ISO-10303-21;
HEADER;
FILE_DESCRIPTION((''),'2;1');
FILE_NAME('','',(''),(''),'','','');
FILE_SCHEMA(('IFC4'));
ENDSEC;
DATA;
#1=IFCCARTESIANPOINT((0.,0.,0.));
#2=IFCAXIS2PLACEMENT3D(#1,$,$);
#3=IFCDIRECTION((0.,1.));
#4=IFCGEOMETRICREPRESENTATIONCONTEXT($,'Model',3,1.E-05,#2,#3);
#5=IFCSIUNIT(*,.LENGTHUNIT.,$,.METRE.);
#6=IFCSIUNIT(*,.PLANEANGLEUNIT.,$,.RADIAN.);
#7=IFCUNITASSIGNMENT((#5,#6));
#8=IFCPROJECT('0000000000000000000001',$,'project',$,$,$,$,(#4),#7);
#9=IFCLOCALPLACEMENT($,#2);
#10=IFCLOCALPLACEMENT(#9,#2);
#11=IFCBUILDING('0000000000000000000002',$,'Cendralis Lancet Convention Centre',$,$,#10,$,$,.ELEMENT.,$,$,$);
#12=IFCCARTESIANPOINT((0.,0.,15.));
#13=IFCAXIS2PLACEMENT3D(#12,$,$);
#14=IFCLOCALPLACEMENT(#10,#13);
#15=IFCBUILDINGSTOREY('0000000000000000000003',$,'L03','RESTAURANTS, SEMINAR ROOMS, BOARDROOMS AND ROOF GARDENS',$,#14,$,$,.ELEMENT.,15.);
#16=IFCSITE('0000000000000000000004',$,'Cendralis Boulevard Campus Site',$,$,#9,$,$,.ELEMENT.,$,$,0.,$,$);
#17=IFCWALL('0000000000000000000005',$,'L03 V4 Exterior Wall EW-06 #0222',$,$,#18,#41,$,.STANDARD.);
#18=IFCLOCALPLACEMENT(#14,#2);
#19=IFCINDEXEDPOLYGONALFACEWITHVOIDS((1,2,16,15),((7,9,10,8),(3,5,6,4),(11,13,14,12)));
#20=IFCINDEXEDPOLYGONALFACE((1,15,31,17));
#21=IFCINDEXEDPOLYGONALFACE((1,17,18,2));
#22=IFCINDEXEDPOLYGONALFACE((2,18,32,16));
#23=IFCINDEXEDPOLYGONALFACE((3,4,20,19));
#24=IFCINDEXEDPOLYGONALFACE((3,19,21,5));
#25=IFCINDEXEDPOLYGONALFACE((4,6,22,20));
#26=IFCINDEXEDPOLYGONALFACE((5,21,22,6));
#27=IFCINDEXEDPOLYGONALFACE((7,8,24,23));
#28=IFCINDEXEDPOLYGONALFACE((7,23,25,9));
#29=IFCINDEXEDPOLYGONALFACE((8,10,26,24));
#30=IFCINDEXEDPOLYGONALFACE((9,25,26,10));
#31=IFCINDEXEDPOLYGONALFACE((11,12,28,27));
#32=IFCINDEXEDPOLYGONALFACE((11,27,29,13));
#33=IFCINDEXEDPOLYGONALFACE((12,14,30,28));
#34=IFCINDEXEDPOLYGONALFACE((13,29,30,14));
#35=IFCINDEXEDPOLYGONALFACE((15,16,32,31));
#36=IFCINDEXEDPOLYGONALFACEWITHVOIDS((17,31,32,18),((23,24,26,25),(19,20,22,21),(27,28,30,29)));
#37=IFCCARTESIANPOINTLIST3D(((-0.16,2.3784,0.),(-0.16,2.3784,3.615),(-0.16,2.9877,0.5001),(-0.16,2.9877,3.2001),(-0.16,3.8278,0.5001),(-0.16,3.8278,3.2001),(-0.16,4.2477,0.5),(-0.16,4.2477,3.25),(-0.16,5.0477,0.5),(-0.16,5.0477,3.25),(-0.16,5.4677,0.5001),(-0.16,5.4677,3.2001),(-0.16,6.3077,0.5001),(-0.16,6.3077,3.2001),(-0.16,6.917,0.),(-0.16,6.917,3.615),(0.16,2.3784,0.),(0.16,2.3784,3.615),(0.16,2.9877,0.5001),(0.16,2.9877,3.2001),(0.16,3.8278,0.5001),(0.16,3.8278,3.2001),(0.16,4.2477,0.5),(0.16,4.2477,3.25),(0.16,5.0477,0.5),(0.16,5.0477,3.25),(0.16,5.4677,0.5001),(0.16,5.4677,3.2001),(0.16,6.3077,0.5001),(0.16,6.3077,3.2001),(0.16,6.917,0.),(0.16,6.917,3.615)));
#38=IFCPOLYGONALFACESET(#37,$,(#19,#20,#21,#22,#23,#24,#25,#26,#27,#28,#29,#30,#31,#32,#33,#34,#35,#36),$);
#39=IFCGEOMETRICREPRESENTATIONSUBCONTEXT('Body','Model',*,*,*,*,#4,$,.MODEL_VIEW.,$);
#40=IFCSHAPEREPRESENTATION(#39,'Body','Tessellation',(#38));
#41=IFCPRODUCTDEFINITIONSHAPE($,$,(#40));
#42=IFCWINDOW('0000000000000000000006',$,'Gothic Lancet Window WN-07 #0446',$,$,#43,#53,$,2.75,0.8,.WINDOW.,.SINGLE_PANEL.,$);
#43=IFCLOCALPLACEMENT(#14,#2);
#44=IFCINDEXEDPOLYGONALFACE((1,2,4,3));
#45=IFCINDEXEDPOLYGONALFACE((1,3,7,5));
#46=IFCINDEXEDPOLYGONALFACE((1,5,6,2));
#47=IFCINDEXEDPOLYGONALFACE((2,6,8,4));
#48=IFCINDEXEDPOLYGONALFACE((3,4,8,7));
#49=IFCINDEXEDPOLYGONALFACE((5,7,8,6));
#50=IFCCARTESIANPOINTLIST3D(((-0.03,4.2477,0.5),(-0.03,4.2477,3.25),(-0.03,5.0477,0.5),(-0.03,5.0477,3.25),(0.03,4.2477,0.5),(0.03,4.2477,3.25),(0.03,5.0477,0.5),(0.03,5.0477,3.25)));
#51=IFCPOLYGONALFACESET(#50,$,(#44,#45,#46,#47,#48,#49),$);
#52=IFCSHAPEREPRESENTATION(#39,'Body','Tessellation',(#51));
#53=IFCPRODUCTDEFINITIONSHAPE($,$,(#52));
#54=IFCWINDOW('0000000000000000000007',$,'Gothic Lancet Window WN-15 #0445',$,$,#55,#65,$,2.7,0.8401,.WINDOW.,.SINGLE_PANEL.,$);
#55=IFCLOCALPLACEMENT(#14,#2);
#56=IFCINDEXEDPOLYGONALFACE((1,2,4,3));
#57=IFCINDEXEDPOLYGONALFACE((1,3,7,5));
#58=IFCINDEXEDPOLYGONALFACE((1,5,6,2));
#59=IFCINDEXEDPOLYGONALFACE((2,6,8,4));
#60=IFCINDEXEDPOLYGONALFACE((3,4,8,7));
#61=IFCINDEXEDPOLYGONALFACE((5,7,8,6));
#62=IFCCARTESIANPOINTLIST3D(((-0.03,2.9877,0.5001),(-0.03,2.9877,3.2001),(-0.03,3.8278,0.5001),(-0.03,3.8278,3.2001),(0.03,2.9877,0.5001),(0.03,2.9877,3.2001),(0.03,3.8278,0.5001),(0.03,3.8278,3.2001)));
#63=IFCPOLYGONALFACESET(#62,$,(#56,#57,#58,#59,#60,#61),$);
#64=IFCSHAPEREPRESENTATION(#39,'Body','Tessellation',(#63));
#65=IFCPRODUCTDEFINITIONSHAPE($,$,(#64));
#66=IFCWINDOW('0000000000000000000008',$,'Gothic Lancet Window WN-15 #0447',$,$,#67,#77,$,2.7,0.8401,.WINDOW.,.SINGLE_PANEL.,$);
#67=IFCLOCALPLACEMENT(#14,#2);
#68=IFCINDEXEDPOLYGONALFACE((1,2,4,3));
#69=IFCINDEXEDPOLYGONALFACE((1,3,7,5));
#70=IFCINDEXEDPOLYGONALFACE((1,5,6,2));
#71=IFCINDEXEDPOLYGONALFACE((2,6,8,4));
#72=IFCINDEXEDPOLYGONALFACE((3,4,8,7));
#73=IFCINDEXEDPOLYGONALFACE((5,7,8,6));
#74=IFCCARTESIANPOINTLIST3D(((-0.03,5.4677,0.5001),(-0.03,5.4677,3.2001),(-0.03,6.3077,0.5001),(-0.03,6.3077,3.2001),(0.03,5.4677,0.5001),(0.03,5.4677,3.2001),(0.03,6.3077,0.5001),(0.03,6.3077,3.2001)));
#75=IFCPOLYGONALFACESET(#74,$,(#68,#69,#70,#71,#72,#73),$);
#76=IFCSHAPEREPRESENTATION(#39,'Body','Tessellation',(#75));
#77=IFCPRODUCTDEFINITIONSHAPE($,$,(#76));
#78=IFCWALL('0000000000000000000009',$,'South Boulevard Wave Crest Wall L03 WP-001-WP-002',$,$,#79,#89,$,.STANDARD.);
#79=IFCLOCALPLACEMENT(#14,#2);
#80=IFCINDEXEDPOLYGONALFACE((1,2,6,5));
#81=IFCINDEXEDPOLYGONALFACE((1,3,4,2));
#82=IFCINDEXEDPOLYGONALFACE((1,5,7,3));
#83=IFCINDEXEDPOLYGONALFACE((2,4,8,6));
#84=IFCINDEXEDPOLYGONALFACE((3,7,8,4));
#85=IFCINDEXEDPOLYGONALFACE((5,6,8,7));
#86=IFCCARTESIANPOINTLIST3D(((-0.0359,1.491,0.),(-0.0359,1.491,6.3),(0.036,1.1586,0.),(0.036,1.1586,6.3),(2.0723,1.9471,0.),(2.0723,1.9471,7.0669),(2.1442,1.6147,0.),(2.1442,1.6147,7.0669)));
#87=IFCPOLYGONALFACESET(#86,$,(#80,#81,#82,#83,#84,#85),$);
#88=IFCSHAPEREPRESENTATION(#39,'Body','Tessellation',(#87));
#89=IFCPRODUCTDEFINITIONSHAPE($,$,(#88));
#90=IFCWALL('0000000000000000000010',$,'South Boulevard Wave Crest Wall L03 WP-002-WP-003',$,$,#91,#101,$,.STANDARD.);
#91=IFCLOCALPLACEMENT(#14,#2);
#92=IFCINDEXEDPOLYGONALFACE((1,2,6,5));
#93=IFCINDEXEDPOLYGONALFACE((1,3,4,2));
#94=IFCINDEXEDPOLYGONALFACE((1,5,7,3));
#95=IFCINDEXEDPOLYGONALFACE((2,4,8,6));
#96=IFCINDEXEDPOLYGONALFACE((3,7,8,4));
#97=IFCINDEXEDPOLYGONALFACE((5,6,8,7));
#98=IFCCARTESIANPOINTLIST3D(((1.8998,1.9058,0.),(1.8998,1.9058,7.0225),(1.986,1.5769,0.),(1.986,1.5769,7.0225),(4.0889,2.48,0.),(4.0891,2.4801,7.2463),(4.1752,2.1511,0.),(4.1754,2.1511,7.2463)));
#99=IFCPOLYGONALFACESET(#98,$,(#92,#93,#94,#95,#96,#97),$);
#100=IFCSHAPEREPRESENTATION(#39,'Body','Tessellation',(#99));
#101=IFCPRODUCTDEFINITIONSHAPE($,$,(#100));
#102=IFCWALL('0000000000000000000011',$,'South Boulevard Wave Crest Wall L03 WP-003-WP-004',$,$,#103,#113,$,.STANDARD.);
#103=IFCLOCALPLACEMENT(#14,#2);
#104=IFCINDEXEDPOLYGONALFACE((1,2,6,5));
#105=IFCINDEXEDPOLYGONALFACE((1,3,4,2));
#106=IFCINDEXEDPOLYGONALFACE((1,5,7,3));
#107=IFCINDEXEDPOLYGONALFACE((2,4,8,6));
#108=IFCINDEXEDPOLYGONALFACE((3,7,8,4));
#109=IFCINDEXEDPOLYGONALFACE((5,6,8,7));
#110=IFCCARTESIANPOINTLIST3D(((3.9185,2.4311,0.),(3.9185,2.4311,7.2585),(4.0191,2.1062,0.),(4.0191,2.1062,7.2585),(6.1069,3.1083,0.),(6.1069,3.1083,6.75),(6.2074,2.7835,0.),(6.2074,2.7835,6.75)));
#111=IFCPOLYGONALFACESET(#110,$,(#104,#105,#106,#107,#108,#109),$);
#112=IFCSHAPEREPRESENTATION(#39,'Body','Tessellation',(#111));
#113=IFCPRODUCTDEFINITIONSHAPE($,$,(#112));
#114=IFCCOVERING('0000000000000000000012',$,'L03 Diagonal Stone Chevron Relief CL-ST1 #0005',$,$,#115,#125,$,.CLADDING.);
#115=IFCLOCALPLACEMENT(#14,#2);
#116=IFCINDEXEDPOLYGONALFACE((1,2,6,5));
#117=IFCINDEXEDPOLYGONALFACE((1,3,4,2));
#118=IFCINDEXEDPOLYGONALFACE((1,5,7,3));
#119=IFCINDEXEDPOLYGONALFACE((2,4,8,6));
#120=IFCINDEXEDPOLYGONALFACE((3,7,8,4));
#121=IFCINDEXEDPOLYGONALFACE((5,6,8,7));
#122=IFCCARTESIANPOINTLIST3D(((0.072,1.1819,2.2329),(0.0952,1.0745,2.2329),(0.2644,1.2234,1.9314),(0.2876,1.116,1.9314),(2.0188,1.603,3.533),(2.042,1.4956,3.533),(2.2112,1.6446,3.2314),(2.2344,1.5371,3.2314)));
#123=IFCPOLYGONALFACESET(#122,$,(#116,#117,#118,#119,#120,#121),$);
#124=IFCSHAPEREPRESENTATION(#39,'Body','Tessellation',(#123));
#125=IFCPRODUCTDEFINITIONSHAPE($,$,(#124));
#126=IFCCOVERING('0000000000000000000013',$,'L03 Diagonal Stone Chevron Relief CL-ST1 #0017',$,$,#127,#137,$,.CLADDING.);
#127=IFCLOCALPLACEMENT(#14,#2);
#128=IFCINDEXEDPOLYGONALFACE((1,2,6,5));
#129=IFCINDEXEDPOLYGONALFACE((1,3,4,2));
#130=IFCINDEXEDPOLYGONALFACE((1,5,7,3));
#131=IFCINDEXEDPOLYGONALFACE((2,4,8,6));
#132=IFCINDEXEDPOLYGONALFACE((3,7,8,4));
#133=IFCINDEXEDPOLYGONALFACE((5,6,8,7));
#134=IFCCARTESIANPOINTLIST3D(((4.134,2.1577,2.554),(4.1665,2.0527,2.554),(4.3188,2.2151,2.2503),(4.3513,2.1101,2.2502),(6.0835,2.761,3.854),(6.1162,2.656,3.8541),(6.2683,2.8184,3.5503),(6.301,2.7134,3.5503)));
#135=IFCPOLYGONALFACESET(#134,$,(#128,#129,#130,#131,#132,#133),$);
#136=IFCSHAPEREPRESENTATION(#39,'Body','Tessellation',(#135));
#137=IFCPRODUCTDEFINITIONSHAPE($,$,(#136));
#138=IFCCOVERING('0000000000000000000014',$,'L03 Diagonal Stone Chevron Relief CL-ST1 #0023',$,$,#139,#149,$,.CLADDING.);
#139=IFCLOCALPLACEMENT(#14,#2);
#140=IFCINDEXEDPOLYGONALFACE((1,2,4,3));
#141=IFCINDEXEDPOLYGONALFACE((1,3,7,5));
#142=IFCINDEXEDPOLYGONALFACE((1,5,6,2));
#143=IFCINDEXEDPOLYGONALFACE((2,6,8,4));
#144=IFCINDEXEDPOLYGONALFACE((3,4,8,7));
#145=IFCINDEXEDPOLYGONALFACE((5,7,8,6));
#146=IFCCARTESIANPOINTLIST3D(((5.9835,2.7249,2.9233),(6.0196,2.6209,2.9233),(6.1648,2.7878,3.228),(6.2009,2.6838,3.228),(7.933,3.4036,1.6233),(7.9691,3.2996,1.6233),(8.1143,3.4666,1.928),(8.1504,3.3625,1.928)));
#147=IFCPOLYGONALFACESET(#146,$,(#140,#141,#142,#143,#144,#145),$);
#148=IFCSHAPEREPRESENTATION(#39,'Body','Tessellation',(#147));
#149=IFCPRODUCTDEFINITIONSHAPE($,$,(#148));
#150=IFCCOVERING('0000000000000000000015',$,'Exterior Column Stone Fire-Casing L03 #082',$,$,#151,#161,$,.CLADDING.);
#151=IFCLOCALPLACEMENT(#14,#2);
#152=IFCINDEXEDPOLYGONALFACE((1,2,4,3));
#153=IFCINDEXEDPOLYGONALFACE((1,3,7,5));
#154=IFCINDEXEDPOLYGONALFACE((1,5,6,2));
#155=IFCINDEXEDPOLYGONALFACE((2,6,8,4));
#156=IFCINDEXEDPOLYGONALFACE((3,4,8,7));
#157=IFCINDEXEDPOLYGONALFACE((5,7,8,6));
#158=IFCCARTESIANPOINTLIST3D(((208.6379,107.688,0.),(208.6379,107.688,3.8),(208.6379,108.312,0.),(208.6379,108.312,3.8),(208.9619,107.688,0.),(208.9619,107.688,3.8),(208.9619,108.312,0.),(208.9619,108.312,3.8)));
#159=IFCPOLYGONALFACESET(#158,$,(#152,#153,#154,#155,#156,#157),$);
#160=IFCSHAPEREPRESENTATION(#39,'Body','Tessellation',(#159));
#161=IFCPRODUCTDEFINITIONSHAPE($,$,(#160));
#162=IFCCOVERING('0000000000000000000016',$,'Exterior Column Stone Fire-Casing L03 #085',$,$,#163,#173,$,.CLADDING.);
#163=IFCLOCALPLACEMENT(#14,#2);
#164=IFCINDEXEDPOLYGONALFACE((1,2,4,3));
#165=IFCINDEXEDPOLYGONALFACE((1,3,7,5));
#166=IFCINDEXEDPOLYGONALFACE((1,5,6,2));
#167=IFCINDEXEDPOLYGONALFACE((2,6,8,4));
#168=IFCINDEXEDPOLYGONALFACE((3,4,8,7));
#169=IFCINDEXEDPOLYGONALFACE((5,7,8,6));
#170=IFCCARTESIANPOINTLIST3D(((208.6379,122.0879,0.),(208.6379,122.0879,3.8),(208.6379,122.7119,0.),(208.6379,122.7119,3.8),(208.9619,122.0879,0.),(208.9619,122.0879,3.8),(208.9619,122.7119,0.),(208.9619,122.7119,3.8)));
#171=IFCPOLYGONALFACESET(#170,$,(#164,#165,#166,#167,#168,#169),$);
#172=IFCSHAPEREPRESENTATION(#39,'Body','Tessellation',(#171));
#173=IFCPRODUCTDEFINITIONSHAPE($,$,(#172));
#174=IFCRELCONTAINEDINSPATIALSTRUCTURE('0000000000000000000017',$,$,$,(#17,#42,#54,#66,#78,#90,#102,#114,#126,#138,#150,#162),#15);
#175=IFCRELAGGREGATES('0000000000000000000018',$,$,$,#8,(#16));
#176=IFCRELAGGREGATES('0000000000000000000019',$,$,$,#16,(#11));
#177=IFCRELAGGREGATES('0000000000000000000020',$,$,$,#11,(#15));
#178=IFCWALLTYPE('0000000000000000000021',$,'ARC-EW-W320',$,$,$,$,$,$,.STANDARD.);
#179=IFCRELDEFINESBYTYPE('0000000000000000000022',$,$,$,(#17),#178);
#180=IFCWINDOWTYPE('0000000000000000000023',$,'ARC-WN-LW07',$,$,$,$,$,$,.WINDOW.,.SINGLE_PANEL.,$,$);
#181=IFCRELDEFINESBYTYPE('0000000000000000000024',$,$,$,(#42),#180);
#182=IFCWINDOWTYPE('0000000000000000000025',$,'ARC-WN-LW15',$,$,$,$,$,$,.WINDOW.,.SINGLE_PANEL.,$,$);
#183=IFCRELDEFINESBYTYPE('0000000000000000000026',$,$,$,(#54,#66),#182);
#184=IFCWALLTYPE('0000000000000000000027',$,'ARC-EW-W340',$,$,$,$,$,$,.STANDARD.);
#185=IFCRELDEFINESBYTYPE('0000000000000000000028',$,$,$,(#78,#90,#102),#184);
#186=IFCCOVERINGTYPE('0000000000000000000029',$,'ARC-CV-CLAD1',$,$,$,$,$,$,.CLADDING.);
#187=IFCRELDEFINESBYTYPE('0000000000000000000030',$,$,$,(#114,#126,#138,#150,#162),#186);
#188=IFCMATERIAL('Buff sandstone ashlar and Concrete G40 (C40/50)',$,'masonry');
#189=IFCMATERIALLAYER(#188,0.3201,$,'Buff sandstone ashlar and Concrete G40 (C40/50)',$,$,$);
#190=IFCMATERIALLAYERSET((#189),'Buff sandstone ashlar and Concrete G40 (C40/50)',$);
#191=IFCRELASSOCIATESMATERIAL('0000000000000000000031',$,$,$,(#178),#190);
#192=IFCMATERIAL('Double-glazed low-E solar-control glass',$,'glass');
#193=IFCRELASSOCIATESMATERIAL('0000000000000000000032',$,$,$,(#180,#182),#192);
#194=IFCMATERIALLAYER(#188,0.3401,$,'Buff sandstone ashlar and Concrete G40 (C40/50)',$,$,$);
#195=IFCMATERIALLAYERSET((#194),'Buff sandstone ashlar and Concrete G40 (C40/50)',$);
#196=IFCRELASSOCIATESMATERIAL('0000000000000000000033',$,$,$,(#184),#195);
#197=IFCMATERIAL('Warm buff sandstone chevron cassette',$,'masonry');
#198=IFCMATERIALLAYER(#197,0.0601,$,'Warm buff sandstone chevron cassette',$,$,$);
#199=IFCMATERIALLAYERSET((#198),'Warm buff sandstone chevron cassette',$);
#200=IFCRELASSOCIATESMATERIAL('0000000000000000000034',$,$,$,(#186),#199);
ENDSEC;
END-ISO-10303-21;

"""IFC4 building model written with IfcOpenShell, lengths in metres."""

from ifc_helpers import new_model, si_unit, direction, frame, frame_2d, origin, place, context, subcontext, project, spatial, polyline, rectangle, outline, extrude, material, layer, layer_set, type_object, element, fill, save


model = new_model("IFC4")

# Units and contexts
model_context = context("Model", 3, precision=1e-05, world=origin(), true_north=direction((0.0, 1.0)))
body_context = subcontext(model_context, "Body", "Model", "MODEL_VIEW")
ifc_project = project(units=[si_unit("LENGTHUNIT", "METRE"), si_unit("PLANEANGLEUNIT", "RADIAN")], contexts=[model_context])

# Site, building, storey
site_placement = place(None, origin())
site = spatial("IfcSite", under=ifc_project, at=site_placement, Name="Cendralis Boulevard Campus Site", CompositionType="ELEMENT", RefElevation=0.0)
building_placement = place(site_placement, origin())
building = spatial("IfcBuilding", under=site, at=building_placement, Name="Cendralis Lancet Convention Centre", CompositionType="ELEMENT")
storey_placement = place(building_placement, frame((0.0, 0.0, 15.0)))
storey = spatial("IfcBuildingStorey", under=building, at=storey_placement, Name="L03", Description="RESTAURANTS, SEMINAR ROOMS, BOARDROOMS AND ROOF GARDENS", CompositionType="ELEMENT", Elevation=15.0)

# Wall, openings, windows
ifc_material_1 = material(Name="Buff sandstone ashlar and Concrete G40 (C40/50)", Category="masonry")
ifc_layer_1 = layer(ifc_material_1, 0.3201, Name="Buff sandstone ashlar and Concrete G40 (C40/50)")
ifc_layer_set_1 = layer_set([ifc_layer_1], Name="Buff sandstone ashlar and Concrete G40 (C40/50)")
wall_type_1 = type_object("IfcWallType", Name="ARC-EW-W320", PredefinedType="STANDARD", material=ifc_layer_set_1)
wall_1_placement = place(storey_placement, frame((0.0, 2.3784, 0.0), z_axis=(0.0, 0.0, 1.0), x_axis=(0.0, 1.0, 0.0)))
wall_1 = element("IfcWall", 1, at=wall_1_placement, inside=storey, type_object=wall_type_1, Name="L03 V4 Exterior Wall EW-06 #0222", PredefinedType="STANDARD", context=body_context, shape_type="SweptSolid", body=[
    extrude(rectangle(XDim=4.5386, YDim=0.3201, at=frame_2d((2.2693, 0.0))), origin(), (0.0, 0.0, 1.0), 3.615),
])
opening_1_placement = place(wall_1_placement, frame((0.6094, 0.0, 0.5)))
opening_1 = element("IfcOpeningElement", 2, at=opening_1_placement, cuts=wall_1, PredefinedType="OPENING", context=body_context, shape_type="SweptSolid", body=[
    extrude(rectangle(XDim=0.8401, YDim=2.7, at=frame_2d((0.4199, 1.3501))), frame((0.0, 0.1699, 0.0), z_axis=(0.0, -1.0, 0.0), x_axis=(1.0, 0.0, 0.0)), (0.0, 0.0, 1.0), 0.3401),
])
opening_2_placement = place(wall_1_placement, frame((1.8694, 0.0, 0.5)))
opening_2 = element("IfcOpeningElement", 3, at=opening_2_placement, cuts=wall_1, PredefinedType="OPENING", context=body_context, shape_type="SweptSolid", body=[
    extrude(rectangle(XDim=0.8, YDim=2.75, at=frame_2d((0.3999, 1.375))), frame((0.0, 0.1699, 0.0), z_axis=(0.0, -1.0, 0.0), x_axis=(1.0, 0.0, 0.0)), (0.0, 0.0, 1.0), 0.3401),
])
opening_3_placement = place(wall_1_placement, frame((3.0894, 0.0, 0.5)))
opening_3 = element("IfcOpeningElement", 4, at=opening_3_placement, cuts=wall_1, PredefinedType="OPENING", context=body_context, shape_type="SweptSolid", body=[
    extrude(rectangle(XDim=0.8401, YDim=2.7, at=frame_2d((0.4199, 1.3501))), frame((0.0, 0.1699, 0.0), z_axis=(0.0, -1.0, 0.0), x_axis=(1.0, 0.0, 0.0)), (0.0, 0.0, 1.0), 0.3401),
])
ifc_material_2 = material(Name="Double-glazed low-E solar-control glass", Category="glass")
window_type_1 = type_object("IfcWindowType", Name="ARC-WN-LW07", PartitioningType="SINGLE_PANEL", PredefinedType="WINDOW", material=ifc_material_2)
window_1_placement = place(opening_2_placement, origin())
window_1 = element("IfcWindow", 5, at=window_1_placement, inside=storey, type_object=window_type_1, Name="Gothic Lancet Window WN-07 #0446", OverallHeight=2.75, OverallWidth=0.8, PartitioningType="SINGLE_PANEL", PredefinedType="WINDOW", context=body_context, shape_type="SweptSolid", body=[
    extrude(rectangle(XDim=0.8, YDim=2.75, at=frame_2d((0.3999, 1.375))), frame((0.0, 0.03, 0.0), z_axis=(0.0, -1.0, 0.0), x_axis=(1.0, 0.0, 0.0)), (0.0, 0.0, 1.0), 0.0601),
])
fill(opening_2, window_1)
window_type_2 = type_object("IfcWindowType", Name="ARC-WN-LW15", PartitioningType="SINGLE_PANEL", PredefinedType="WINDOW", material=ifc_material_2)
window_2_placement = place(opening_1_placement, origin())
window_2 = element("IfcWindow", 6, at=window_2_placement, inside=storey, type_object=window_type_2, Name="Gothic Lancet Window WN-15 #0445", OverallHeight=2.7, OverallWidth=0.8401, PartitioningType="SINGLE_PANEL", PredefinedType="WINDOW", context=body_context, shape_type="SweptSolid", body=[
    extrude(rectangle(XDim=0.8401, YDim=2.7, at=frame_2d((0.4199, 1.3501))), frame((0.0, 0.03, 0.0), z_axis=(0.0, -1.0, 0.0), x_axis=(1.0, 0.0, 0.0)), (0.0, 0.0, 1.0), 0.0601),
])
fill(opening_1, window_2)
window_3_placement = place(opening_3_placement, origin())
window_3 = element("IfcWindow", 7, at=window_3_placement, inside=storey, type_object=window_type_2, Name="Gothic Lancet Window WN-15 #0447", OverallHeight=2.7, OverallWidth=0.8401, PartitioningType="SINGLE_PANEL", PredefinedType="WINDOW", context=body_context, shape_type="SweptSolid", body=[
    extrude(rectangle(XDim=0.8401, YDim=2.7, at=frame_2d((0.4199, 1.3501))), frame((0.0, 0.03, 0.0), z_axis=(0.0, -1.0, 0.0), x_axis=(1.0, 0.0, 0.0)), (0.0, 0.0, 1.0), 0.0601),
])
fill(opening_3, window_3)

# Walls
ifc_layer_2 = layer(ifc_material_1, 0.3401, Name="Buff sandstone ashlar and Concrete G40 (C40/50)")
ifc_layer_set_2 = layer_set([ifc_layer_2], Name="Buff sandstone ashlar and Concrete G40 (C40/50)")
wall_type_2 = type_object("IfcWallType", Name="ARC-EW-W340", PredefinedType="STANDARD", material=ifc_layer_set_2)
wall_2_placement = place(storey_placement, frame((0.0, 1.325, 0.0), z_axis=(0.0, 0.0, 1.0), x_axis=(0.977391, 0.211438, 0.0)))
element("IfcWall", 8, at=wall_2_placement, inside=storey, type_object=wall_type_2, Name="South Boulevard Wave Crest Wall L03 WP-001-WP-002", PredefinedType="STANDARD", context=body_context, shape_type="SweptSolid", body=[
    extrude(outline(polyline([(0.0, 0.0), (2.157, 0.0), (2.157, 7.0669), (0.0, 6.3), (0.0, 0.0)])), frame((0.0, 0.1699, 0.0), z_axis=(0.0, -1.0, 0.0), x_axis=(1.0, 0.0, 0.0)), (0.0, 0.0, 1.0), 0.3401),
])
wall_3_placement = place(storey_placement, frame((1.9429, 1.7415, 0.0), z_axis=(0.0, 0.0, 1.0), x_axis=(0.96728, 0.253713, 0.0)))
element("IfcWall", 9, at=wall_3_placement, inside=storey, type_object=wall_type_2, Name="South Boulevard Wave Crest Wall L03 WP-002-WP-003", PredefinedType="STANDARD", context=body_context, shape_type="SweptSolid", body=[
    extrude(outline(polyline([(0.0, 0.0), (2.2632, 0.0), (2.2634, 7.2463), (0.0, 7.0225), (0.0, 0.0)])), frame((0.0, 0.1699, 0.0), z_axis=(0.0, -1.0, 0.0), x_axis=(1.0, 0.0, 0.0)), (0.0, 0.0, 1.0), 0.3401),
])
wall_4_placement = place(storey_placement, frame((3.9688, 2.2688, 0.0), z_axis=(0.0, 0.0, 1.0), x_axis=(0.955303, 0.295628, 0.0)))
element("IfcWall", 10, at=wall_4_placement, inside=storey, type_object=wall_type_2, Name="South Boulevard Wave Crest Wall L03 WP-003-WP-004", PredefinedType="STANDARD", context=body_context, shape_type="SweptSolid", body=[
    extrude(outline(polyline([(0.0, 0.0), (2.2908, 0.0), (2.2908, 6.75), (0.0, 7.2585), (0.0, 0.0)])), frame((0.0, 0.1699, 0.0), z_axis=(0.0, -1.0, 0.0), x_axis=(1.0, 0.0, 0.0)), (0.0, 0.0, 1.0), 0.3401),
])

# Coverings
ifc_material_3 = material(Name="Warm buff sandstone chevron cassette", Category="masonry")
ifc_layer_3 = layer(ifc_material_3, 0.0601, Name="Warm buff sandstone chevron cassette")
ifc_layer_set_3 = layer_set([ifc_layer_3], Name="Warm buff sandstone chevron cassette")
covering_type_1 = type_object("IfcCoveringType", Name="ARC-CV-CLAD1", PredefinedType="CLADDING", material=ifc_layer_set_3)
covering_1_placement = place(storey_placement, frame((0.0952, 1.0745, 2.2329), z_axis=(-0.534264, -0.115353, 0.83741), x_axis=(0.818477, 0.17706, 0.546575)))
element("IfcCovering", 11, at=covering_1_placement, inside=storey, type_object=covering_type_1, Name="L03 Diagonal Stone Chevron Relief CL-ST1 #0005", PredefinedType="CLADDING", context=body_context, shape_type="SweptSolid", body=[
    extrude(outline(polyline([(0.0, 0.0), (2.3785, 0.0), (2.3786, 0.1099), (0.0, 0.1099), (0.0, 0.0)])), origin(), (0.0, 0.0, -1.0), 0.3601),
])
covering_2_placement = place(storey_placement, frame((4.1665, 2.0527, 2.554), z_axis=(-0.513117, -0.159305, 0.843406), x_axis=(0.805718, 0.249302, 0.537277)))
element("IfcCovering", 12, at=covering_2_placement, inside=storey, type_object=covering_type_1, Name="L03 Diagonal Stone Chevron Relief CL-ST1 #0017", PredefinedType="CLADDING", context=body_context, shape_type="SweptSolid", body=[
    extrude(outline(polyline([(0.0, 0.0), (2.4198, 0.0), (2.4196, 0.11), (0.0, 0.1099), (0.0, 0.0)])), origin(), (0.0, 0.0, -1.0), 0.3601),
])
covering_3_placement = place(storey_placement, frame((6.2009, 2.6838, 3.228), z_axis=(0.5034, 0.17489, 0.846169), x_axis=(0.799123, 0.278217, -0.532915)))
element("IfcCovering", 13, at=covering_3_placement, inside=storey, type_object=covering_type_1, Name="L03 Diagonal Stone Chevron Relief CL-ST1 #0023", PredefinedType="CLADDING", context=body_context, shape_type="SweptSolid", body=[
    extrude(outline(polyline([(0.0, 0.0), (2.4395, 0.0), (2.4396, 0.1101), (0.0001, 0.1101), (0.0, 0.0)])), origin(), (0.0, 0.0, -1.0), 0.3601),
])
covering_4_placement = place(storey_placement, origin())
element("IfcCovering", 14, at=covering_4_placement, inside=storey, type_object=covering_type_1, Name="Exterior Column Stone Fire-Casing L03 #082", PredefinedType="CLADDING", context=body_context, shape_type="SweptSolid", body=[
    extrude(outline(polyline([(208.6379, 107.688), (208.9619, 107.688), (208.9619, 108.312), (208.6379, 108.312), (208.6379, 107.688)])), origin(), (0.0, 0.0, 1.0), 3.8),
])
covering_5_placement = place(storey_placement, origin())
element("IfcCovering", 15, at=covering_5_placement, inside=storey, type_object=covering_type_1, Name="Exterior Column Stone Fire-Casing L03 #085", PredefinedType="CLADDING", context=body_context, shape_type="SweptSolid", body=[
    extrude(outline(polyline([(208.6379, 122.0879), (208.9619, 122.0879), (208.9619, 122.7119), (208.6379, 122.7119), (208.6379, 122.0879)])), origin(), (0.0, 0.0, 1.0), 3.8),
])

save(model, "model.ifc")
